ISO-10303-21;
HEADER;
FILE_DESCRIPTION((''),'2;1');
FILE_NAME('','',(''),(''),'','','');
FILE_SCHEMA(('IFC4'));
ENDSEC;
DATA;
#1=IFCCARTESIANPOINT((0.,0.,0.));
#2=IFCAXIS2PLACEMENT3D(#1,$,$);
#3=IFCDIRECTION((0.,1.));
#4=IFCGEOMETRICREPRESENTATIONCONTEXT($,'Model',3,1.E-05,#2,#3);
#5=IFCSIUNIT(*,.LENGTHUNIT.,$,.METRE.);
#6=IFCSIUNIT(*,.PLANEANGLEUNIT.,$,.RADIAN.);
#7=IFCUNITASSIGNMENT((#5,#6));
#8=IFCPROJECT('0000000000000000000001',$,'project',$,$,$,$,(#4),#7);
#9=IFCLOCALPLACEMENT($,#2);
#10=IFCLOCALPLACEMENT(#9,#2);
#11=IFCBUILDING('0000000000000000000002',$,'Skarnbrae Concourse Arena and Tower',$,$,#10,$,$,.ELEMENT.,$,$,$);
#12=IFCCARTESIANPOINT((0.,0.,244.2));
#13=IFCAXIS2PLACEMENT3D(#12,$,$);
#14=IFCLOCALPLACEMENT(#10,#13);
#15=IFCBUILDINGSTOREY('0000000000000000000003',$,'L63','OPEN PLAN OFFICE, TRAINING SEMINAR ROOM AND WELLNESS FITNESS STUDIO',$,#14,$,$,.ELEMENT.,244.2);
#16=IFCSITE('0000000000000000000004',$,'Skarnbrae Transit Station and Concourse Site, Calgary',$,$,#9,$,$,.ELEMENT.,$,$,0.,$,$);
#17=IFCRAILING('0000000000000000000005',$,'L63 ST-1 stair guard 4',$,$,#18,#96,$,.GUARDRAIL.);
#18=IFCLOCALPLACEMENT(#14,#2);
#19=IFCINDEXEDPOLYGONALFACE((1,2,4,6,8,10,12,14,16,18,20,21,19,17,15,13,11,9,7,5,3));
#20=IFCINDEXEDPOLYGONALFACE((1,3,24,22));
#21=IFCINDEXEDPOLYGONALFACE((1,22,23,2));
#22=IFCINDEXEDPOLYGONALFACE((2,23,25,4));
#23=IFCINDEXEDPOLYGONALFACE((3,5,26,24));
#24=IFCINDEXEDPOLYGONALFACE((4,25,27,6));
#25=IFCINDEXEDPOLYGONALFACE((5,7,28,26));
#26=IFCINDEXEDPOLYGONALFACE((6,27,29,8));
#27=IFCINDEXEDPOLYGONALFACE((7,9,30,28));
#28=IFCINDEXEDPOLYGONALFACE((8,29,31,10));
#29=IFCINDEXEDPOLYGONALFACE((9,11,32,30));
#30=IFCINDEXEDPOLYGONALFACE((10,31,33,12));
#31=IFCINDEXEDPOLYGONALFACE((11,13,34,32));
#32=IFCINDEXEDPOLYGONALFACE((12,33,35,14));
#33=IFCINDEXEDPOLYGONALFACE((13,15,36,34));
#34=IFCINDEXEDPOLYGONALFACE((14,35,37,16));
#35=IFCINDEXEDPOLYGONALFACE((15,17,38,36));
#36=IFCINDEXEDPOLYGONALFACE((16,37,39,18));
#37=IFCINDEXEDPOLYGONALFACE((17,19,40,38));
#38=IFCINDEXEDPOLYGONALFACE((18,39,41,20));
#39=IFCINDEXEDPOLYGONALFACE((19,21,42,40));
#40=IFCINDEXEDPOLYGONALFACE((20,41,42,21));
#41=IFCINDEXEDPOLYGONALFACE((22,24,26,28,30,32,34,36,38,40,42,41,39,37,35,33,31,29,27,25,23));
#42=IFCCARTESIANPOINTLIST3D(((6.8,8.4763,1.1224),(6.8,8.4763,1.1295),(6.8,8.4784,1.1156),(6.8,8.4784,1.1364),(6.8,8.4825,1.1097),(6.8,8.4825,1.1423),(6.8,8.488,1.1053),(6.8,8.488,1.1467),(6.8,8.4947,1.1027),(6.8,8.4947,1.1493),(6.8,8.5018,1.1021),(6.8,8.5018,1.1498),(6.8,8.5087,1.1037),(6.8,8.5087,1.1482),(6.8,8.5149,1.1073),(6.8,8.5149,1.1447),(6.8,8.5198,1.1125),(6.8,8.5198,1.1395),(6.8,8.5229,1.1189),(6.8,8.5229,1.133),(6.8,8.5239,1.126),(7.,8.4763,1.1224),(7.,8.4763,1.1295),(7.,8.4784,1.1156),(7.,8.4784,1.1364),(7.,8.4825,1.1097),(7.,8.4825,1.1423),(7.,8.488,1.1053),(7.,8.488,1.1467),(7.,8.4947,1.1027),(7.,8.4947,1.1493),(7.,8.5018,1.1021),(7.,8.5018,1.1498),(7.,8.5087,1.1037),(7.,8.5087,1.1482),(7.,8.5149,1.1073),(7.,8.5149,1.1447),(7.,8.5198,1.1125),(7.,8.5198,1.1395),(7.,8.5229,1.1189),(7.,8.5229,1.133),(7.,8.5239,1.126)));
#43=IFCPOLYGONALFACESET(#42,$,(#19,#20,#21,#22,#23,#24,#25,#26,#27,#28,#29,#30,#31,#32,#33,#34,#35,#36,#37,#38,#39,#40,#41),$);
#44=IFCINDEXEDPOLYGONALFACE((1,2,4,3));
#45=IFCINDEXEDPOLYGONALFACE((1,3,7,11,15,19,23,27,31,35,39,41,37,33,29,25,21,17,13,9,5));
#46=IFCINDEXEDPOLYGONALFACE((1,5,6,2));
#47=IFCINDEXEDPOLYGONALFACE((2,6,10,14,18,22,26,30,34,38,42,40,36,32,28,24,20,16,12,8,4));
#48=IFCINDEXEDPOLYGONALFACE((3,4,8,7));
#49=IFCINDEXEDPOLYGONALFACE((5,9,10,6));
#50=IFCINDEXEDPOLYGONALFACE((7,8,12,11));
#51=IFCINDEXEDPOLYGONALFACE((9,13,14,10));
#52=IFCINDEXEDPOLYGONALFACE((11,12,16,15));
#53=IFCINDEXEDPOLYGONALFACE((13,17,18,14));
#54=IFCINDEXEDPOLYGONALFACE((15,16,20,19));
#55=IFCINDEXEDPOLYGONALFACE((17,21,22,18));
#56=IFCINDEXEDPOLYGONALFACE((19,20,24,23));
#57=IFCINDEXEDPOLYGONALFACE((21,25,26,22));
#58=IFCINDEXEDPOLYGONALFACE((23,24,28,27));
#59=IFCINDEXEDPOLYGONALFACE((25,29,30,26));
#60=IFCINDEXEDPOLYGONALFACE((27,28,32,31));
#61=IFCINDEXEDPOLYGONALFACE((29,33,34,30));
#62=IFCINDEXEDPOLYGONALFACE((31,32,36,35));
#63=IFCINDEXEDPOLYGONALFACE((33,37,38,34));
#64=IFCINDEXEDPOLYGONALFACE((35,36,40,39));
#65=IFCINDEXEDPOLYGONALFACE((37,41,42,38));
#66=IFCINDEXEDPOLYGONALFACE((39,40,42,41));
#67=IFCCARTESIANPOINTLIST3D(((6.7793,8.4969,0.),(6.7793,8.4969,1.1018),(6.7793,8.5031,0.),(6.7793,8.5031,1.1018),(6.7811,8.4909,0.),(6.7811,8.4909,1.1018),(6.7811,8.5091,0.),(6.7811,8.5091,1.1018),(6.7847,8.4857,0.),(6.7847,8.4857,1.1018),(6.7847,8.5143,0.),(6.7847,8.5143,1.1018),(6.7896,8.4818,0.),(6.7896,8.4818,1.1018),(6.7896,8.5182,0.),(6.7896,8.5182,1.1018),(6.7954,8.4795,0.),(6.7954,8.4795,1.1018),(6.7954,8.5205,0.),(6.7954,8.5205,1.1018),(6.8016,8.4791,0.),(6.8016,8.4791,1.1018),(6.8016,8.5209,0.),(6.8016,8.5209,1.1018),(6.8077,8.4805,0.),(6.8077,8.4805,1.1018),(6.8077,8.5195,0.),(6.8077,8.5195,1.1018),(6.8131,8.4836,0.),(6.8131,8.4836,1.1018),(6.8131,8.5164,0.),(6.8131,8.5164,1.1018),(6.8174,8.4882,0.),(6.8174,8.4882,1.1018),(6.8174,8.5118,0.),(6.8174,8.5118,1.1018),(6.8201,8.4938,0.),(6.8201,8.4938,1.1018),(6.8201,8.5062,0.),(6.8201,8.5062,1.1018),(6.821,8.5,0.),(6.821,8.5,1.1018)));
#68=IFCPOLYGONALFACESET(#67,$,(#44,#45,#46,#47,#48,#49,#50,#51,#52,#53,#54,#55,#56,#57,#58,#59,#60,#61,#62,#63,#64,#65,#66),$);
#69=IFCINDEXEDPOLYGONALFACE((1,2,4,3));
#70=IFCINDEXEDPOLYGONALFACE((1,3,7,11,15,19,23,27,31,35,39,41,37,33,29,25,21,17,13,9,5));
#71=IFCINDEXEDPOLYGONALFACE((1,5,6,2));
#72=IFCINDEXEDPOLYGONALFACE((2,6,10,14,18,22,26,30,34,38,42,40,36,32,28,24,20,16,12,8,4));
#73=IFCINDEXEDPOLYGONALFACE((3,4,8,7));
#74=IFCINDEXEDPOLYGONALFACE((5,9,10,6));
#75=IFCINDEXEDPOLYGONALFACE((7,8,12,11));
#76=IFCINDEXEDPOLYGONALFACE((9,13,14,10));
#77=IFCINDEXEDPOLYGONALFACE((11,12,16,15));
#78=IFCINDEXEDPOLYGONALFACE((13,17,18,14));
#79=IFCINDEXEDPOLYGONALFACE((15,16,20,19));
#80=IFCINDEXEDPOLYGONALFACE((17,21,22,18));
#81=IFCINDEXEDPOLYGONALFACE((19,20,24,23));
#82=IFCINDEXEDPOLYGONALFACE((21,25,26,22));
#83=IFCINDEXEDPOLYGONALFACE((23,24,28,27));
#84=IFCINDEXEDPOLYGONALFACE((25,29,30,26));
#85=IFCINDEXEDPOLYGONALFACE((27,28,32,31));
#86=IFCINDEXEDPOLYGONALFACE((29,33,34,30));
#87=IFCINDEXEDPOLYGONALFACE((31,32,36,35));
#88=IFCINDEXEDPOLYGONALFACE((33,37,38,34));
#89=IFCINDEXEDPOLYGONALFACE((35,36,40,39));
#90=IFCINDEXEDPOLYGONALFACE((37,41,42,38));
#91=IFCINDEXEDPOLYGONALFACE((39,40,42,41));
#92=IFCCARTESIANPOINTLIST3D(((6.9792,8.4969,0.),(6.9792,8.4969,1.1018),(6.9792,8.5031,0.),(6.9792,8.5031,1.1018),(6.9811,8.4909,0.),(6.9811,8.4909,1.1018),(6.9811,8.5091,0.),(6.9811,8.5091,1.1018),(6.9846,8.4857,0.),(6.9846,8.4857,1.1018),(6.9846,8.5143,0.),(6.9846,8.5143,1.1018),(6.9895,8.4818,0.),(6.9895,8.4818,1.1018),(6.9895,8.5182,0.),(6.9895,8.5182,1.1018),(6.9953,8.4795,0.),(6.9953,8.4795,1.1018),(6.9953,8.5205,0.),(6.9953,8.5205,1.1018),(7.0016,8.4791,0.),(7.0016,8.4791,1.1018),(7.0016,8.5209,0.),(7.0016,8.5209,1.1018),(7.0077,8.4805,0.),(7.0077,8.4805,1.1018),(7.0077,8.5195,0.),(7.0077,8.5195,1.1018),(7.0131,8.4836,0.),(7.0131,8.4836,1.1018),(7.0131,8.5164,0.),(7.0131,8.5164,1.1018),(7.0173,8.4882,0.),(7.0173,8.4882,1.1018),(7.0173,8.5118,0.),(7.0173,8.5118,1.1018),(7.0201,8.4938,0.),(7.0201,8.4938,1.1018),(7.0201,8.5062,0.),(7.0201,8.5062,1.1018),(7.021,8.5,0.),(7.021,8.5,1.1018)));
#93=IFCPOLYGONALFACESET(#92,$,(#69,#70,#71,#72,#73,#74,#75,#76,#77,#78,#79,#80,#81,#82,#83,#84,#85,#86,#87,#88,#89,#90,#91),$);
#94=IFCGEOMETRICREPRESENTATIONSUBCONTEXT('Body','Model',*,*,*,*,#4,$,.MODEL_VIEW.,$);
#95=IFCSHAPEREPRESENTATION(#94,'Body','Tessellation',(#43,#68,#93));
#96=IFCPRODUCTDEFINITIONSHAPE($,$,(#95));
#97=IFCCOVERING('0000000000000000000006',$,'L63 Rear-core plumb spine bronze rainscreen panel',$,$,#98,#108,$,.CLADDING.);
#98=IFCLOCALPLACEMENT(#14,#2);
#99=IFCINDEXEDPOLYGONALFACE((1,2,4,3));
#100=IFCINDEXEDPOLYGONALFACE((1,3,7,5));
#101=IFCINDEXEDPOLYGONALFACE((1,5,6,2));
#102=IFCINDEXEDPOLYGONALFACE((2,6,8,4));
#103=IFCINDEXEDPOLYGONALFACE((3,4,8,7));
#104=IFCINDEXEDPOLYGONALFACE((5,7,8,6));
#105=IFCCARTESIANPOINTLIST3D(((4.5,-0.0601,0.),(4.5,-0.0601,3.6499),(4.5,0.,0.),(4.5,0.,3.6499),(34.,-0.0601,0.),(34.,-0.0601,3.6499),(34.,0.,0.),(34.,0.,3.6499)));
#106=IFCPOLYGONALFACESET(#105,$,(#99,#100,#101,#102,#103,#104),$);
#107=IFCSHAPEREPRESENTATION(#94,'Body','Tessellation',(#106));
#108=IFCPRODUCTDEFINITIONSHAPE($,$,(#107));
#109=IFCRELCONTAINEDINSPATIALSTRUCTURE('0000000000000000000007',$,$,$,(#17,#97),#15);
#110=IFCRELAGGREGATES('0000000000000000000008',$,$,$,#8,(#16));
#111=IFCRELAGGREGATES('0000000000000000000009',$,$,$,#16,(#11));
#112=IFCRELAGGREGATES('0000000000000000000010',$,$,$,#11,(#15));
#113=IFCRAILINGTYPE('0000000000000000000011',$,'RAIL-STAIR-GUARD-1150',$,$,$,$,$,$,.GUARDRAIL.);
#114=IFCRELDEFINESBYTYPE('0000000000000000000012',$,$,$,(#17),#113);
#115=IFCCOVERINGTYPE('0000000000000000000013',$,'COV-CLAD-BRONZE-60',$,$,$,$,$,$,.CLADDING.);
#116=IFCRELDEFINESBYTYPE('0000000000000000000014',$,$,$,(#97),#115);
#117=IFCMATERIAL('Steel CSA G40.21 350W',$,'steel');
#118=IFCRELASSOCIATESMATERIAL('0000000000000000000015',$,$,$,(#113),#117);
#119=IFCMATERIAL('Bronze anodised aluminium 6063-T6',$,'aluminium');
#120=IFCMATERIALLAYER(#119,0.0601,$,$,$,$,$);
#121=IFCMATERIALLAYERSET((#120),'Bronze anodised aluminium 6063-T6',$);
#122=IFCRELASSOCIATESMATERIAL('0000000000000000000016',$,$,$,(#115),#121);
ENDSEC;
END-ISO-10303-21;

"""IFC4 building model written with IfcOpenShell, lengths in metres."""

from ifc_helpers import new_model, si_unit, direction, frame, origin, origin_2d, place, context, subcontext, project, spatial, rectangle, circle, extrude, source, transform, mapped, material, layer, layer_set, type_object, element, save


model = new_model("IFC4")

# Units and contexts
model_context = context("Model", 3, precision=1e-05, world=origin(), true_north=direction((0.0, 1.0)))
body_context = subcontext(model_context, "Body", "Model", "MODEL_VIEW")
ifc_project = project(units=[si_unit("LENGTHUNIT", "METRE"), si_unit("PLANEANGLEUNIT", "RADIAN")], contexts=[model_context])

# Site, building, storey
site_placement = place(None, origin())
site = spatial("IfcSite", under=ifc_project, at=site_placement, Name="Skarnbrae Transit Station and Concourse Site, Calgary", CompositionType="ELEMENT", RefElevation=0.0)
building_placement = place(site_placement, origin())
building = spatial("IfcBuilding", under=site, at=building_placement, Name="Skarnbrae Concourse Arena and Tower", CompositionType="ELEMENT")
storey_placement = place(building_placement, frame((0.0, 0.0, 244.2)))
storey = spatial("IfcBuildingStorey", under=building, at=storey_placement, Name="L63", Description="OPEN PLAN OFFICE, TRAINING SEMINAR ROOM AND WELLNESS FITNESS STUDIO", CompositionType="ELEMENT", Elevation=244.2)

# Shared definitions
ifc_material_1 = material(Name="Steel CSA G40.21 350W", Category="steel")

# Railing
railing_type_1 = type_object("IfcRailingType", Name="RAIL-STAIR-GUARD-1150", PredefinedType="GUARDRAIL", material=ifc_material_1)
railing_1_placement = place(storey_placement, frame((6.8, 8.5, 0.0)))
element("IfcRailing", 1, at=railing_1_placement, inside=storey, type_object=railing_type_1, Name="L63 ST-1 stair guard 4", PredefinedType="GUARDRAIL", context=body_context, shape_type="SweptSolid", body=[
    extrude(circle(Radius=0.0239, at=origin_2d()), frame((0.0, 0.0, 1.126), z_axis=(1.0, 0.0, 0.0), x_axis=(0.0, 1.0, 0.0)), (0.0, 0.0, 1.0), 0.2),
    extrude(circle(Radius=0.021, at=origin_2d()), origin(), (0.0, 0.0, 1.0), 1.1018),
    extrude(circle(Radius=0.021, at=origin_2d()), frame((0.2, 0.0, 0.0)), (0.0, 0.0, 1.0), 1.1018),
])

# Covering
ifc_material_2 = material(Name="Bronze anodised aluminium 6063-T6", Category="aluminium")
ifc_layer_1 = layer(ifc_material_2, 0.0601)
ifc_layer_set_1 = layer_set([ifc_layer_1], Name="Bronze anodised aluminium 6063-T6")
covering_type = type_object("IfcCoveringType", Name="COV-CLAD-BRONZE-60", PredefinedType="CLADDING", material=ifc_layer_set_1)
shared_shape_1 = source(origin(), body_context, "Body", "SweptSolid", [
    extrude(rectangle(XDim=29.5, YDim=0.0601, at=origin_2d()), origin(), (0.0, 0.0, 1.0), 3.6499),
])
covering_placement = place(storey_placement, frame((19.25, -0.03, 0.0), z_axis=(0.0, 0.0, 1.0), x_axis=(1.0, 0.0, 0.0)))
element("IfcCovering", 2, at=covering_placement, inside=storey, type_object=covering_type, Name="L63 Rear-core plumb spine bronze rainscreen panel", PredefinedType="CLADDING", context=body_context, shape_type="MappedRepresentation", body=[
    mapped(shared_shape_1, transform((0.0, 0.0, 0.0))),
])

save(model, "model.ifc")
